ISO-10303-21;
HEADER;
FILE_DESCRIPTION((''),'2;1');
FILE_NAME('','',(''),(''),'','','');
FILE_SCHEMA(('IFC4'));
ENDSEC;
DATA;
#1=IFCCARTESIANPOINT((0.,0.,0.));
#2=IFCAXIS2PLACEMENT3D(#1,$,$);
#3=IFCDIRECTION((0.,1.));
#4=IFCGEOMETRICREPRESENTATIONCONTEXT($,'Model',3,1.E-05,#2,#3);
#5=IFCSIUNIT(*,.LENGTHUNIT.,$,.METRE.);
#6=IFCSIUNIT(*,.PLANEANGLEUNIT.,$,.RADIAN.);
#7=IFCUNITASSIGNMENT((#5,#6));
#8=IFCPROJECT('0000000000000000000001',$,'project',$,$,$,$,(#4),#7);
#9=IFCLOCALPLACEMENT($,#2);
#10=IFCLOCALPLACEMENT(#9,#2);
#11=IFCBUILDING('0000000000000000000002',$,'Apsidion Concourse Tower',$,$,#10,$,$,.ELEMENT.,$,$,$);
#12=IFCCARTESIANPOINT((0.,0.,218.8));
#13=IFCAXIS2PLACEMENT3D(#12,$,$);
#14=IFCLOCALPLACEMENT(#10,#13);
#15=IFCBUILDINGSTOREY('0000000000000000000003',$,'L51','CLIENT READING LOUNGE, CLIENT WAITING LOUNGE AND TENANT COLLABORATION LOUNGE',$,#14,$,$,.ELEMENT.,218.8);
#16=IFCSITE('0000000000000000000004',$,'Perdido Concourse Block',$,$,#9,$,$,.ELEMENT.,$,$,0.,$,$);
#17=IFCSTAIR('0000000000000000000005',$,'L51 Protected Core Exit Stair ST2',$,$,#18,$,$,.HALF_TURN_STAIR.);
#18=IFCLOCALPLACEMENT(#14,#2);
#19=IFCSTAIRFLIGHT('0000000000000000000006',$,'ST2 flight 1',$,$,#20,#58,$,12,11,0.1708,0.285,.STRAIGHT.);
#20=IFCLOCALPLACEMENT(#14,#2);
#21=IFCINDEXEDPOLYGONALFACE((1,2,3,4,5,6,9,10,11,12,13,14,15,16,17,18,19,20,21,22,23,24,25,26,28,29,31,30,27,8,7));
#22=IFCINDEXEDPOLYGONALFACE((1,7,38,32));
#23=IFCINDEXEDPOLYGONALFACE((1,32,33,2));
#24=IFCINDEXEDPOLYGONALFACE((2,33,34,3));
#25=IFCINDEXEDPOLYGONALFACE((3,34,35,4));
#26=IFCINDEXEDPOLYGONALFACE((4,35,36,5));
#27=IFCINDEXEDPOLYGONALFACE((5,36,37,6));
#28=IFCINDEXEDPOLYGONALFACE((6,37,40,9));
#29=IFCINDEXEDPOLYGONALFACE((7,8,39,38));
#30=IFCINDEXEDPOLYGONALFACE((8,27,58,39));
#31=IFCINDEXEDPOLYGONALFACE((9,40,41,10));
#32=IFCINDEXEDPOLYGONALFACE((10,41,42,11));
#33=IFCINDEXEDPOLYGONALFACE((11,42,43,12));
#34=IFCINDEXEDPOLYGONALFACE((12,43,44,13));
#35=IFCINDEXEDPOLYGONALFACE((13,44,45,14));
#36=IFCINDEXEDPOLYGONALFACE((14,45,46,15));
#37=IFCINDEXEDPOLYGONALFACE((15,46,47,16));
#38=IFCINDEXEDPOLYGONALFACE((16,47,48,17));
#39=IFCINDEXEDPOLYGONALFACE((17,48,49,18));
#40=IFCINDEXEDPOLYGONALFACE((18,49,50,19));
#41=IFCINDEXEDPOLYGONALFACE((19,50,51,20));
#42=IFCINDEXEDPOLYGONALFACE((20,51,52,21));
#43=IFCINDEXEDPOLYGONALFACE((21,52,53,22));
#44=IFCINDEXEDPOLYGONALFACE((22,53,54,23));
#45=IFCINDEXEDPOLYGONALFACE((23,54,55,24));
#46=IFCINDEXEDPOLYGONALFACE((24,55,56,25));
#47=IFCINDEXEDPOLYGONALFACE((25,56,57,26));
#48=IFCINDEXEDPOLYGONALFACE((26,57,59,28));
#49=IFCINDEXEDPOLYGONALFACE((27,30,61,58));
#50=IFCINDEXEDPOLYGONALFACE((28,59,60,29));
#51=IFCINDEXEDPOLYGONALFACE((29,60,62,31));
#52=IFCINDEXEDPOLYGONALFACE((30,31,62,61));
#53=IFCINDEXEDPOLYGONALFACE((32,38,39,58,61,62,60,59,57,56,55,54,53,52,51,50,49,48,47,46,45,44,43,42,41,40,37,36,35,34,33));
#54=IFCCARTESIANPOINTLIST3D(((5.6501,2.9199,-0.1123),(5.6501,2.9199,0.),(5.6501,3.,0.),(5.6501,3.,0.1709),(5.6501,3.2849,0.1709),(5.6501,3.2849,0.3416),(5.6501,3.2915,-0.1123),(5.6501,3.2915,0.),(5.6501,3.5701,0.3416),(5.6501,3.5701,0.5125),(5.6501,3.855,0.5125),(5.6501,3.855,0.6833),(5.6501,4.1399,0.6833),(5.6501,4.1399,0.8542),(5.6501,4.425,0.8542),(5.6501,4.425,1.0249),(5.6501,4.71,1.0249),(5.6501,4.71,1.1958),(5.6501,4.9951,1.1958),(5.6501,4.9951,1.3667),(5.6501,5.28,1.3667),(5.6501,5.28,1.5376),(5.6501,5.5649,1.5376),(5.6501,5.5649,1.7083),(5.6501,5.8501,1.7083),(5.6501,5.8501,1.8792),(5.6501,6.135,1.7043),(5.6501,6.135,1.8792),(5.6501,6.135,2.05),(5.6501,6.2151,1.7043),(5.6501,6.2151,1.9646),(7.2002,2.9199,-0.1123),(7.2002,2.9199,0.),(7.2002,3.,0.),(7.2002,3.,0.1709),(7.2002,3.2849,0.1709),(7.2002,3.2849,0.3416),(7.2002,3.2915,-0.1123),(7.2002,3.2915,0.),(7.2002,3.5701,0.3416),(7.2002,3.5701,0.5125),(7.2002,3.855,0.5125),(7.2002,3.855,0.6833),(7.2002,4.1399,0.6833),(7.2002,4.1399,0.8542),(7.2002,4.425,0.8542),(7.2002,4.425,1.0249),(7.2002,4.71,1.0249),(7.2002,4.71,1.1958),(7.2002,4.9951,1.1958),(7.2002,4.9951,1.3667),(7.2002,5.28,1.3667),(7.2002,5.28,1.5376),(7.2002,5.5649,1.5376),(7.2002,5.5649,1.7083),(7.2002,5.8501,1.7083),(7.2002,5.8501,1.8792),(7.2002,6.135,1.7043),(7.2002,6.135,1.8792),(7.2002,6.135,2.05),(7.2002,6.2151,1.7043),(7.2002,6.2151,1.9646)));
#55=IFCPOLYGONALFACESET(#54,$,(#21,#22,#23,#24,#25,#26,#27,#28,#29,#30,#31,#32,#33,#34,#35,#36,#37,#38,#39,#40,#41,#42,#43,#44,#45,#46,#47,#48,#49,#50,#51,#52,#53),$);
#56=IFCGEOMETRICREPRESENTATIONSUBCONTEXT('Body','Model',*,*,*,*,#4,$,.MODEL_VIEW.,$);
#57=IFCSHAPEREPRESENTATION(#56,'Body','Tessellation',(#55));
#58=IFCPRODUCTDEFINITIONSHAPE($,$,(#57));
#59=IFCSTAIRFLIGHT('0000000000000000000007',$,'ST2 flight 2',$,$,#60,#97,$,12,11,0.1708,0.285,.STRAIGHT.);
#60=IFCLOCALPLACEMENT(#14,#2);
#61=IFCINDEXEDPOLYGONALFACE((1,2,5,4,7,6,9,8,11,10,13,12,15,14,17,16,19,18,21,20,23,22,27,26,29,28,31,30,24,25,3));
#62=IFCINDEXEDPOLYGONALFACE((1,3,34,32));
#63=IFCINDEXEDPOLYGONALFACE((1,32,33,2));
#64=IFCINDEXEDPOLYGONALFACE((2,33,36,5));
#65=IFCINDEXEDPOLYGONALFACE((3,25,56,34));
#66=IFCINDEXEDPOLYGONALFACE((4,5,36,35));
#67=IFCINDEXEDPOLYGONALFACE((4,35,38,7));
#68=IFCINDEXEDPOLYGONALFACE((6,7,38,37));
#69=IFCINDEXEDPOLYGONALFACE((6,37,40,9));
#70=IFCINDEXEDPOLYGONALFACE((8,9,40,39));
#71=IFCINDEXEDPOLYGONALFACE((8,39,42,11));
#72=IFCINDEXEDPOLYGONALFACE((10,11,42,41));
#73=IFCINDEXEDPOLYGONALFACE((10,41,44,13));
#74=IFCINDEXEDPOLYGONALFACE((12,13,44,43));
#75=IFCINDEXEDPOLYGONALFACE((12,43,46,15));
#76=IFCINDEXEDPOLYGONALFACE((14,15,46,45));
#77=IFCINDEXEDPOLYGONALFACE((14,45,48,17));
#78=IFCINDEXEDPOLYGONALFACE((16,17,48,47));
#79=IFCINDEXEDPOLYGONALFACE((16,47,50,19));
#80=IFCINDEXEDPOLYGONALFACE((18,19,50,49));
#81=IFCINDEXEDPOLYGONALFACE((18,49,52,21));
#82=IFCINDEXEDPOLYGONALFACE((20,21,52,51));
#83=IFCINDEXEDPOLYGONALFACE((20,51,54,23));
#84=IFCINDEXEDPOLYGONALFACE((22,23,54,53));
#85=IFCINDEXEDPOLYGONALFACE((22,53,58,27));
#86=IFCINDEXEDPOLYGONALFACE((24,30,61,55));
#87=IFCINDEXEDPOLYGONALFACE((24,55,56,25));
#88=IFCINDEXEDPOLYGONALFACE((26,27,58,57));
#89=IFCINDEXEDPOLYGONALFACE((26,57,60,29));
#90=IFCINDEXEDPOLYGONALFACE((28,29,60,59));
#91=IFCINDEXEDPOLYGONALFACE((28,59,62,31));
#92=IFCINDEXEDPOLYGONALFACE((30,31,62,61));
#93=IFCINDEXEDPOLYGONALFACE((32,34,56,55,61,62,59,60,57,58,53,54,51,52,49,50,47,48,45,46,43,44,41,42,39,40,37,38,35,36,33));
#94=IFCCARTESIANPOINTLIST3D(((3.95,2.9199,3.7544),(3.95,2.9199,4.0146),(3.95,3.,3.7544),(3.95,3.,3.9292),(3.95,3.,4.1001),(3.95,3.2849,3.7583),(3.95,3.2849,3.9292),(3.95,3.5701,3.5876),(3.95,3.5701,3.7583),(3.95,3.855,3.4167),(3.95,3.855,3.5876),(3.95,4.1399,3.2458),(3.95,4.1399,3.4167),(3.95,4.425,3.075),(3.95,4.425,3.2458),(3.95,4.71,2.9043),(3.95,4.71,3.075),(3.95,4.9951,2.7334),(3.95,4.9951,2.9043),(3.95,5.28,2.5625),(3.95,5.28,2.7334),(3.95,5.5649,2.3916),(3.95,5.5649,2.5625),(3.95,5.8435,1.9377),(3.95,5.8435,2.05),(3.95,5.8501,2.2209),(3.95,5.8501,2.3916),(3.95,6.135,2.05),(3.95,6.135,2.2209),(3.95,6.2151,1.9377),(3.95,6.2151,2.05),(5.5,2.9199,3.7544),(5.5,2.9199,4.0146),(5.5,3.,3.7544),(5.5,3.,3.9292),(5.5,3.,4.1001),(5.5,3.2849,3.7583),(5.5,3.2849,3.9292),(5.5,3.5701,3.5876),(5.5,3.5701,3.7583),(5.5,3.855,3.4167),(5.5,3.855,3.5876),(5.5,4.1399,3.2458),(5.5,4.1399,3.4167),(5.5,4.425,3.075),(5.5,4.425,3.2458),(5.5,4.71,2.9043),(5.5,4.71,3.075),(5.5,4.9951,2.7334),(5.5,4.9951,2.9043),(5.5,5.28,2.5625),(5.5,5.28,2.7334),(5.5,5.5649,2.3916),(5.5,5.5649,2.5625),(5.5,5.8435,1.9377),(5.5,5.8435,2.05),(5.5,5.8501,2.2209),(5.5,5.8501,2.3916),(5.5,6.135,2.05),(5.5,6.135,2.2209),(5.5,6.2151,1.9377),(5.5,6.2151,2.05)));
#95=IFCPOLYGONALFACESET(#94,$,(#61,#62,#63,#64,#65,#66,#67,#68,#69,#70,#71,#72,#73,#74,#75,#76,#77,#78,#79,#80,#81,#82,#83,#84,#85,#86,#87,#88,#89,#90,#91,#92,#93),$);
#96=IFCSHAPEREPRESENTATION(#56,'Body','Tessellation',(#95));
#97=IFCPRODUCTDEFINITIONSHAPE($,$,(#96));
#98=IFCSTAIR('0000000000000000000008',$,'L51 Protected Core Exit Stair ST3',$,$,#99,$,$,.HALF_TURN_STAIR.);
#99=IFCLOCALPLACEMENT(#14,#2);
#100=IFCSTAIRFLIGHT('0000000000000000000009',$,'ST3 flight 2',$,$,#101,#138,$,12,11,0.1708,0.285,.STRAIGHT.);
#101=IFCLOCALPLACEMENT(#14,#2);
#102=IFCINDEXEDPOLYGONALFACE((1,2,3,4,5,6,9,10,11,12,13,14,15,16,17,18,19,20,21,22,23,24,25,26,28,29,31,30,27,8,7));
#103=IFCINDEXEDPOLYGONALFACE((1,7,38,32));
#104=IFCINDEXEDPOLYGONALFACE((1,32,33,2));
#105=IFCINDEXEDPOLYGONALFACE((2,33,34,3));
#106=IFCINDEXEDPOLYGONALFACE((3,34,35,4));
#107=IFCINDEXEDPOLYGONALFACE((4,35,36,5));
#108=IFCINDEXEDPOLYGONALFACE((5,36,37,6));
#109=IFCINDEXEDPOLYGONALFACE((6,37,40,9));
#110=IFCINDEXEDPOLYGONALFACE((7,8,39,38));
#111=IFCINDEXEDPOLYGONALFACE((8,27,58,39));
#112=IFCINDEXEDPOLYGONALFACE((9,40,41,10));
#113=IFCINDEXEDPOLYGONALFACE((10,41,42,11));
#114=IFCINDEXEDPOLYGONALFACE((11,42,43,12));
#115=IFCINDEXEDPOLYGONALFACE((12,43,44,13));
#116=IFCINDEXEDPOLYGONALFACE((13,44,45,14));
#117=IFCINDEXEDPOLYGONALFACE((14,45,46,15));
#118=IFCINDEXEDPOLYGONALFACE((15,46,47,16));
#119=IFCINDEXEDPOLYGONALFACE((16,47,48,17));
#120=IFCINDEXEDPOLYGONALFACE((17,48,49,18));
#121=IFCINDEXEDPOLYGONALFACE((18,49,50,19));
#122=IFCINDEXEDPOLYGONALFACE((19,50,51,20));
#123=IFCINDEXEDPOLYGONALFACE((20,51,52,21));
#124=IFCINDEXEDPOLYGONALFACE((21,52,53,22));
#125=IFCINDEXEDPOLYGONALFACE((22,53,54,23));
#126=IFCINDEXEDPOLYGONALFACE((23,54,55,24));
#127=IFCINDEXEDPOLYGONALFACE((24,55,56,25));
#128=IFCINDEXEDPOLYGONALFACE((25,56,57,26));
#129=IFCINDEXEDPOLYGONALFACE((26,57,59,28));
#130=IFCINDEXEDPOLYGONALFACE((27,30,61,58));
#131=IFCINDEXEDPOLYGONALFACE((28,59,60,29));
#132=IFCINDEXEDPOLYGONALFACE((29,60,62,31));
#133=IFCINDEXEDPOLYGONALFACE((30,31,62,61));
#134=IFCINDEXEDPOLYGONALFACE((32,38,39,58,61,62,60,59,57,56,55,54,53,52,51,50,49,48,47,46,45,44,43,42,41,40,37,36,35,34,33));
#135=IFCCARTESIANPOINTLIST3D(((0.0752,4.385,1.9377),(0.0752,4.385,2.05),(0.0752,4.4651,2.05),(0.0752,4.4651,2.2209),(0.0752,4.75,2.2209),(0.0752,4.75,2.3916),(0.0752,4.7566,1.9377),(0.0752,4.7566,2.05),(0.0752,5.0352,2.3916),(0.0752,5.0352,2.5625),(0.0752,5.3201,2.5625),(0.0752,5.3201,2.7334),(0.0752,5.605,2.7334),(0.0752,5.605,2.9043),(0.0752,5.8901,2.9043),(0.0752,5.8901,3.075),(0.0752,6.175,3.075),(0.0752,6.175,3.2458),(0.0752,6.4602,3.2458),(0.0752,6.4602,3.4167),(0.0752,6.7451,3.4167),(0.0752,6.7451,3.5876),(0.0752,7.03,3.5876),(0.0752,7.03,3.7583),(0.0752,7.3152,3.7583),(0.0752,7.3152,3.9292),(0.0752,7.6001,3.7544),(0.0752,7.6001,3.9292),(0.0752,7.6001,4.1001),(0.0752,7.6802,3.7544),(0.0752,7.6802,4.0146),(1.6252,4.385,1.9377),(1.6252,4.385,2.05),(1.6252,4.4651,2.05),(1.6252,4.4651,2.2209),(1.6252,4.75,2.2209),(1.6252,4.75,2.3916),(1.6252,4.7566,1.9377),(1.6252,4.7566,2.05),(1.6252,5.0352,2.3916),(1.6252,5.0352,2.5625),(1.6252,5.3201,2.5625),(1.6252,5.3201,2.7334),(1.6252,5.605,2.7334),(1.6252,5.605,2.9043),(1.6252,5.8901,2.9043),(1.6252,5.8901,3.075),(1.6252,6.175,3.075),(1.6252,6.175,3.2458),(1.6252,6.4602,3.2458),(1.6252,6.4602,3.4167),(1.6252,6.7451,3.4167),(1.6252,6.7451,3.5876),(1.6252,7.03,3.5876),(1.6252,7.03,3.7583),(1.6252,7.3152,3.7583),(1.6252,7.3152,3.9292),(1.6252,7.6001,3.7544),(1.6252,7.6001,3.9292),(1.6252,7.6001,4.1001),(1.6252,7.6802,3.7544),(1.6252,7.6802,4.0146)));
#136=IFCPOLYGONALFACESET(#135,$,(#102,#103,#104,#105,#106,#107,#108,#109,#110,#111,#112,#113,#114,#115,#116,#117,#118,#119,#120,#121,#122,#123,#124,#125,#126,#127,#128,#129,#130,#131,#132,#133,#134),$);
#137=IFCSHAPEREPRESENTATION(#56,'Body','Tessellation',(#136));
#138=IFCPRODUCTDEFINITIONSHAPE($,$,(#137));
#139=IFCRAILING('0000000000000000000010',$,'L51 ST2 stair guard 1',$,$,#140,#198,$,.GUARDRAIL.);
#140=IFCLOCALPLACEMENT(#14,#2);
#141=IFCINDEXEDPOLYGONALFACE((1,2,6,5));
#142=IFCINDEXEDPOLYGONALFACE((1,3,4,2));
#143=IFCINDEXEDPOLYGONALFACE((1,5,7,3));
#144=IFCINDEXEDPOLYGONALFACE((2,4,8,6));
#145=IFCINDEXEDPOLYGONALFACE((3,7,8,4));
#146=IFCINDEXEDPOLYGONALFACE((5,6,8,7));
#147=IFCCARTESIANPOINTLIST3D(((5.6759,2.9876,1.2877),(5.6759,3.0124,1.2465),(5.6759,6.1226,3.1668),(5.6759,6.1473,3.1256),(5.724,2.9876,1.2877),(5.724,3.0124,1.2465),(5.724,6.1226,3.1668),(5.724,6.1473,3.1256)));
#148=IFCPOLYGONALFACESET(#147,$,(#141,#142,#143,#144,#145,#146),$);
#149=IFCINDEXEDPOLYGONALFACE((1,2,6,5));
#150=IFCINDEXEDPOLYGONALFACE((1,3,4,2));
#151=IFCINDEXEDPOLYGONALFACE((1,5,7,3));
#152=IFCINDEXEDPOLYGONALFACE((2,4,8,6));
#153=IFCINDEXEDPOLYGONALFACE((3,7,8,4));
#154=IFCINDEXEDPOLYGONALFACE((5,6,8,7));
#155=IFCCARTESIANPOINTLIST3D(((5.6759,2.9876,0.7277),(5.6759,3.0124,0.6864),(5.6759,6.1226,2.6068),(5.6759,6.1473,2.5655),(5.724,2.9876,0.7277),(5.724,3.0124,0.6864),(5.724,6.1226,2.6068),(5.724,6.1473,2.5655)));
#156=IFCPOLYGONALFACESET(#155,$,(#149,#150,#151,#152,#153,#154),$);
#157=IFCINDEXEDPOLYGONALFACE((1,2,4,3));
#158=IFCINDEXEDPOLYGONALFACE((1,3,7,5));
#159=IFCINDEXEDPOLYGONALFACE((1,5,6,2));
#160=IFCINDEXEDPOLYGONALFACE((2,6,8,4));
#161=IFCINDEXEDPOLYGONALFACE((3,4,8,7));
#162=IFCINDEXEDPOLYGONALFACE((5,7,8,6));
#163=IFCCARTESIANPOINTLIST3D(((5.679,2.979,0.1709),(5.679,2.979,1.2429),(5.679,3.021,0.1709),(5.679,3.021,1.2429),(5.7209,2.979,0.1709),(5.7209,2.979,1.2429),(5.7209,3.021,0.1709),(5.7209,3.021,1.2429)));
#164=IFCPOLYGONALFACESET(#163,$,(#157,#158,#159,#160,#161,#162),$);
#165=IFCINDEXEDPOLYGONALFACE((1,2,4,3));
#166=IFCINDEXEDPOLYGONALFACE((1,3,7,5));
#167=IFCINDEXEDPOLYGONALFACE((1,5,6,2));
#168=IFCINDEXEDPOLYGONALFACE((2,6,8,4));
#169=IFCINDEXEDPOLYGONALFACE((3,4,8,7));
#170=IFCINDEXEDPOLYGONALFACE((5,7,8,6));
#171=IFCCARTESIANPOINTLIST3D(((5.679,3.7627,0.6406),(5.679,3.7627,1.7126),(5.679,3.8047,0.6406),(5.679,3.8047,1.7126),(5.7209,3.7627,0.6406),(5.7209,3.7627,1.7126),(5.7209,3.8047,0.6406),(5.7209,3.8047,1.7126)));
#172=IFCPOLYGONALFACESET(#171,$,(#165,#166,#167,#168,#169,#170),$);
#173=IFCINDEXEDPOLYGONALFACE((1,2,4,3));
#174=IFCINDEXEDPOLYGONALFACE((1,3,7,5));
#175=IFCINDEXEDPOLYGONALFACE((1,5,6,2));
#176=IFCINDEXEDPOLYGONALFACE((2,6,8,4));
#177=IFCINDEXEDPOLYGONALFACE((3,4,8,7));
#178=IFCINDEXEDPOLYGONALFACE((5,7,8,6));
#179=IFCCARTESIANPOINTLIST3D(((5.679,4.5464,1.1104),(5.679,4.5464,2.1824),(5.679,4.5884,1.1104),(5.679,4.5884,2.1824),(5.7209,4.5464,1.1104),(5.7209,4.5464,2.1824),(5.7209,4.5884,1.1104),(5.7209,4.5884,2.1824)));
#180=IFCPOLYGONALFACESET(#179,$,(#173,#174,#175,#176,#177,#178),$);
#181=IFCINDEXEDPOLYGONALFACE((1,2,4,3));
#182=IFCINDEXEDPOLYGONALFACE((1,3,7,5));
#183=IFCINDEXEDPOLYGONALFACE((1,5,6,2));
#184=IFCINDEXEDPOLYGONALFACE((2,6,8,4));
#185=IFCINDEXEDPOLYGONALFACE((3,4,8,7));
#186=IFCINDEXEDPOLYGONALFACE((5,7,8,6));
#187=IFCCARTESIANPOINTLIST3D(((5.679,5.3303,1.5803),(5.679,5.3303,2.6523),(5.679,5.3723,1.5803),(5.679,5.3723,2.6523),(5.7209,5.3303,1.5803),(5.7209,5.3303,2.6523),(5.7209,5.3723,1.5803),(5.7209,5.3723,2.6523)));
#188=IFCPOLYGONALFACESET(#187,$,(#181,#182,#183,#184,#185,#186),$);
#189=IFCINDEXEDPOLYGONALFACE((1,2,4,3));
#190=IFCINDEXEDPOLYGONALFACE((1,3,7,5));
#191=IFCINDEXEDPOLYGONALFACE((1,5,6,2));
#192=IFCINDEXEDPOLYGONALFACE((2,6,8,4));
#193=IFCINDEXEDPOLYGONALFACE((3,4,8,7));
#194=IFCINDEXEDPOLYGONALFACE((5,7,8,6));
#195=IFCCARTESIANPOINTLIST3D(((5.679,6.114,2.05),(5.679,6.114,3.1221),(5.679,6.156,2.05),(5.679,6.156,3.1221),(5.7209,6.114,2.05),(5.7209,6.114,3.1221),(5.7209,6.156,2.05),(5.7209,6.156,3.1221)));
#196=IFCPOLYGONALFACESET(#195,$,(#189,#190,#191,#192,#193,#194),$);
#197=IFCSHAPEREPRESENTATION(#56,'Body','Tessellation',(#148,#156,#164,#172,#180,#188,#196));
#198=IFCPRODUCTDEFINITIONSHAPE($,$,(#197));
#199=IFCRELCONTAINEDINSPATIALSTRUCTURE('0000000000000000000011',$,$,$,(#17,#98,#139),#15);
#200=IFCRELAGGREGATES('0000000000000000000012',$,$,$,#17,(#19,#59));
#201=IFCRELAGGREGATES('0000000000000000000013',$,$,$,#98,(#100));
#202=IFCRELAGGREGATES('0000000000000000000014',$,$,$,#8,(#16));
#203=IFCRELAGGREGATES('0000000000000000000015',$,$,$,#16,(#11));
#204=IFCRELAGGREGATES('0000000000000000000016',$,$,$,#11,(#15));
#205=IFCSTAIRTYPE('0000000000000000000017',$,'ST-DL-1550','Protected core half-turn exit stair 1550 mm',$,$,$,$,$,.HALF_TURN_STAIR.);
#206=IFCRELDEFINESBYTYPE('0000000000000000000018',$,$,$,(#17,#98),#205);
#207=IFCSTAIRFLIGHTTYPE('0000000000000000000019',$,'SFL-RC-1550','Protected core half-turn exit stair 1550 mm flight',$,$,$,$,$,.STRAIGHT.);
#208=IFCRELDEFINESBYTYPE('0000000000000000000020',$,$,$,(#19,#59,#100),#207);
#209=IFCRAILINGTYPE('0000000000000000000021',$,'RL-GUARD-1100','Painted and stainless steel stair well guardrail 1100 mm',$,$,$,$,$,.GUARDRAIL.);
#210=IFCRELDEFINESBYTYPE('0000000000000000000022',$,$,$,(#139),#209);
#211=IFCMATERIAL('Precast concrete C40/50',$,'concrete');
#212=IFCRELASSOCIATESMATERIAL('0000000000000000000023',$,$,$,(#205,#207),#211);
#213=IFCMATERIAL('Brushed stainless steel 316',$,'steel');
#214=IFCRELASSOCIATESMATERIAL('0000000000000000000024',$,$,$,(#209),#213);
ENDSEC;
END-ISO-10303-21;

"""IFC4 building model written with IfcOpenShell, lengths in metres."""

from ifc_helpers import new_model, si_unit, direction, frame, origin, origin_2d, place, context, subcontext, project, spatial, polyline, rectangle, outline, extrude, material, type_object, element, aggregate, save


model = new_model("IFC4")

# Units and contexts
model_context = context("Model", 3, precision=1e-05, world=origin(), true_north=direction((0.0, 1.0)))
body_context = subcontext(model_context, "Body", "Model", "MODEL_VIEW")
ifc_project = project(units=[si_unit("LENGTHUNIT", "METRE"), si_unit("PLANEANGLEUNIT", "RADIAN")], contexts=[model_context])

# Site, building, storey
site_placement = place(None, origin())
site = spatial("IfcSite", under=ifc_project, at=site_placement, Name="Perdido Concourse Block", CompositionType="ELEMENT", RefElevation=0.0)
building_placement = place(site_placement, origin())
building = spatial("IfcBuilding", under=site, at=building_placement, Name="Apsidion Concourse Tower", CompositionType="ELEMENT")
storey_placement = place(building_placement, frame((0.0, 0.0, 218.8)))
storey = spatial("IfcBuildingStorey", under=building, at=storey_placement, Name="L51", Description="CLIENT READING LOUNGE, CLIENT WAITING LOUNGE AND TENANT COLLABORATION LOUNGE", CompositionType="ELEMENT", Elevation=218.8)

# Stair, stair flights
ifc_material_1 = material(Name="Precast concrete C40/50", Category="concrete")
stair_type = type_object("IfcStairType", Name="ST-DL-1550", Description="Protected core half-turn exit stair 1550 mm", PredefinedType="HALF_TURN_STAIR", material=ifc_material_1)
stair_1_placement = place(storey_placement, origin())
stair_1 = element("IfcStair", 1, at=stair_1_placement, inside=storey, type_object=stair_type, Name="L51 Protected Core Exit Stair ST2", PredefinedType="HALF_TURN_STAIR")
stair_flight_type = type_object("IfcStairFlightType", Name="SFL-RC-1550", Description="Protected core half-turn exit stair 1550 mm flight", PredefinedType="STRAIGHT", material=ifc_material_1)
stair_flight_1_placement = place(storey_placement, frame((6.425, 3.0, 0.0), z_axis=(0.0, 0.0, 1.0), x_axis=(0.0, 1.0, 0.0)))
stair_flight_1 = element("IfcStairFlight", 2, at=stair_flight_1_placement, type_object=stair_flight_type, Name="ST2 flight 1", NumberOfRisers=12, NumberOfTreads=11, PredefinedType="STRAIGHT", RiserHeight=0.1708, TreadLength=0.285, context=body_context, shape_type="SweptSolid", body=[
    extrude(outline(polyline([(-0.0801, -0.1123), (-0.0801, 0.0), (0.0, 0.0), (0.0, 0.1709), (0.2849, 0.1709), (0.2849, 0.3416), (0.5701, 0.3416), (0.5701, 0.5125), (0.855, 0.5125), (0.855, 0.6833), (1.1399, 0.6833), (1.1399, 0.8542), (1.425, 0.8542), (1.425, 1.0249), (1.71, 1.0249), (1.71, 1.1958), (1.9951, 1.1958), (1.9951, 1.3667), (2.28, 1.3667), (2.28, 1.5376), (2.5649, 1.5376), (2.5649, 1.7083), (2.8501, 1.7083), (2.8501, 1.8792), (3.135, 1.8792), (3.135, 2.05), (3.2151, 1.9646), (3.2151, 1.7043), (3.135, 1.7043), (0.2915, 0.0), (0.2915, -0.1123), (-0.0801, -0.1123)])), frame((0.0, 0.7749, 0.0), z_axis=(0.0, -1.0, 0.0), x_axis=(1.0, 0.0, 0.0)), (0.0, 0.0, 1.0), 1.55),
])
stair_flight_2_placement = place(storey_placement, frame((4.7251, 6.135, 2.05), z_axis=(0.0, 0.0, 1.0), x_axis=(0.0, -1.0, 0.0)))
stair_flight_2 = element("IfcStairFlight", 3, at=stair_flight_2_placement, type_object=stair_flight_type, Name="ST2 flight 2", NumberOfRisers=12, NumberOfTreads=11, PredefinedType="STRAIGHT", RiserHeight=0.1708, TreadLength=0.285, context=body_context, shape_type="SweptSolid", body=[
    extrude(outline(polyline([(-0.0801, -0.1123), (-0.0801, 0.0), (0.0, 0.0), (0.0, 0.1709), (0.2849, 0.1709), (0.2849, 0.3416), (0.5701, 0.3416), (0.5701, 0.5125), (0.855, 0.5125), (0.855, 0.6833), (1.1399, 0.6833), (1.1399, 0.8542), (1.425, 0.8542), (1.425, 1.0249), (1.71, 1.0249), (1.71, 1.1958), (1.9951, 1.1958), (1.9951, 1.3667), (2.28, 1.3667), (2.28, 1.5376), (2.5649, 1.5376), (2.5649, 1.7083), (2.8501, 1.7083), (2.8501, 1.8792), (3.135, 1.8792), (3.135, 2.05), (3.2151, 1.9646), (3.2151, 1.7043), (3.135, 1.7043), (0.2915, 0.0), (0.2915, -0.1123), (-0.0801, -0.1123)])), frame((0.0, 0.7749, 0.0), z_axis=(0.0, -1.0, 0.0), x_axis=(1.0, 0.0, 0.0)), (0.0, 0.0, 1.0), 1.55),
])
aggregate(stair_1, [stair_flight_1, stair_flight_2])

# Stair, stair flight
stair_2_placement = place(storey_placement, origin())
stair_2 = element("IfcStair", 4, at=stair_2_placement, inside=storey, type_object=stair_type, Name="L51 Protected Core Exit Stair ST3", PredefinedType="HALF_TURN_STAIR")
stair_flight_3_placement = place(storey_placement, frame((0.8501, 4.4651, 2.05), z_axis=(0.0, 0.0, 1.0), x_axis=(0.0, 1.0, 0.0)))
stair_flight_3 = element("IfcStairFlight", 5, at=stair_flight_3_placement, type_object=stair_flight_type, Name="ST3 flight 2", NumberOfRisers=12, NumberOfTreads=11, PredefinedType="STRAIGHT", RiserHeight=0.1708, TreadLength=0.285, context=body_context, shape_type="SweptSolid", body=[
    extrude(outline(polyline([(-0.0801, -0.1123), (-0.0801, 0.0), (0.0, 0.0), (0.0, 0.1709), (0.2849, 0.1709), (0.2849, 0.3416), (0.5701, 0.3416), (0.5701, 0.5125), (0.855, 0.5125), (0.855, 0.6833), (1.1399, 0.6833), (1.1399, 0.8542), (1.425, 0.8542), (1.425, 1.0249), (1.71, 1.0249), (1.71, 1.1958), (1.9951, 1.1958), (1.9951, 1.3667), (2.28, 1.3667), (2.28, 1.5376), (2.5649, 1.5376), (2.5649, 1.7083), (2.8501, 1.7083), (2.8501, 1.8792), (3.135, 1.8792), (3.135, 2.05), (3.2151, 1.9646), (3.2151, 1.7043), (3.135, 1.7043), (0.2915, 0.0), (0.2915, -0.1123), (-0.0801, -0.1123)])), frame((0.0, 0.7749, 0.0), z_axis=(0.0, -1.0, 0.0), x_axis=(1.0, 0.0, 0.0)), (0.0, 0.0, 1.0), 1.55),
])
aggregate(stair_2, [stair_flight_3])

# Railing
ifc_material_2 = material(Name="Brushed stainless steel 316", Category="steel")
railing_type_1 = type_object("IfcRailingType", Name="RL-GUARD-1100", Description="Painted and stainless steel stair well guardrail 1100 mm", PredefinedType="GUARDRAIL", material=ifc_material_2)
railing_1_placement = place(storey_placement, frame((5.7, 3.0, 0.1709)))
element("IfcRailing", 6, at=railing_1_placement, inside=storey, type_object=railing_type_1, Name="L51 ST2 stair guard 1", PredefinedType="GUARDRAIL", context=body_context, shape_type="SweptSolid", body=[
    extrude(rectangle(XDim=0.0481, YDim=0.0481, at=origin_2d()), frame((0.0, 0.0, 1.0962), z_axis=(0.0, 0.857717, 0.514122), x_axis=(-1.0, 0.0, 0.0)), (0.0, 0.0, 1.0), 3.655),
    extrude(rectangle(XDim=0.0481, YDim=0.0481, at=origin_2d()), frame((0.0, 0.0, 0.5361), z_axis=(0.0, 0.857717, 0.514122), x_axis=(-1.0, 0.0, 0.0)), (0.0, 0.0, 1.0), 3.655),
    extrude(rectangle(XDim=0.042, YDim=0.042, at=origin_2d()), origin(), (0.0, 0.0, 1.0), 1.072),
    extrude(rectangle(XDim=0.042, YDim=0.042, at=origin_2d()), frame((0.0, 0.7837, 0.4697)), (0.0, 0.0, 1.0), 1.072),
    extrude(rectangle(XDim=0.042, YDim=0.042, at=origin_2d()), frame((0.0, 1.5674, 0.9395)), (0.0, 0.0, 1.0), 1.072),
    extrude(rectangle(XDim=0.042, YDim=0.042, at=origin_2d()), frame((0.0, 2.3513, 1.4094)), (0.0, 0.0, 1.0), 1.072),
    extrude(rectangle(XDim=0.042, YDim=0.042, at=origin_2d()), frame((0.0, 3.135, 1.8792)), (0.0, 0.0, 1.0), 1.072),
])

save(model, "model.ifc")
